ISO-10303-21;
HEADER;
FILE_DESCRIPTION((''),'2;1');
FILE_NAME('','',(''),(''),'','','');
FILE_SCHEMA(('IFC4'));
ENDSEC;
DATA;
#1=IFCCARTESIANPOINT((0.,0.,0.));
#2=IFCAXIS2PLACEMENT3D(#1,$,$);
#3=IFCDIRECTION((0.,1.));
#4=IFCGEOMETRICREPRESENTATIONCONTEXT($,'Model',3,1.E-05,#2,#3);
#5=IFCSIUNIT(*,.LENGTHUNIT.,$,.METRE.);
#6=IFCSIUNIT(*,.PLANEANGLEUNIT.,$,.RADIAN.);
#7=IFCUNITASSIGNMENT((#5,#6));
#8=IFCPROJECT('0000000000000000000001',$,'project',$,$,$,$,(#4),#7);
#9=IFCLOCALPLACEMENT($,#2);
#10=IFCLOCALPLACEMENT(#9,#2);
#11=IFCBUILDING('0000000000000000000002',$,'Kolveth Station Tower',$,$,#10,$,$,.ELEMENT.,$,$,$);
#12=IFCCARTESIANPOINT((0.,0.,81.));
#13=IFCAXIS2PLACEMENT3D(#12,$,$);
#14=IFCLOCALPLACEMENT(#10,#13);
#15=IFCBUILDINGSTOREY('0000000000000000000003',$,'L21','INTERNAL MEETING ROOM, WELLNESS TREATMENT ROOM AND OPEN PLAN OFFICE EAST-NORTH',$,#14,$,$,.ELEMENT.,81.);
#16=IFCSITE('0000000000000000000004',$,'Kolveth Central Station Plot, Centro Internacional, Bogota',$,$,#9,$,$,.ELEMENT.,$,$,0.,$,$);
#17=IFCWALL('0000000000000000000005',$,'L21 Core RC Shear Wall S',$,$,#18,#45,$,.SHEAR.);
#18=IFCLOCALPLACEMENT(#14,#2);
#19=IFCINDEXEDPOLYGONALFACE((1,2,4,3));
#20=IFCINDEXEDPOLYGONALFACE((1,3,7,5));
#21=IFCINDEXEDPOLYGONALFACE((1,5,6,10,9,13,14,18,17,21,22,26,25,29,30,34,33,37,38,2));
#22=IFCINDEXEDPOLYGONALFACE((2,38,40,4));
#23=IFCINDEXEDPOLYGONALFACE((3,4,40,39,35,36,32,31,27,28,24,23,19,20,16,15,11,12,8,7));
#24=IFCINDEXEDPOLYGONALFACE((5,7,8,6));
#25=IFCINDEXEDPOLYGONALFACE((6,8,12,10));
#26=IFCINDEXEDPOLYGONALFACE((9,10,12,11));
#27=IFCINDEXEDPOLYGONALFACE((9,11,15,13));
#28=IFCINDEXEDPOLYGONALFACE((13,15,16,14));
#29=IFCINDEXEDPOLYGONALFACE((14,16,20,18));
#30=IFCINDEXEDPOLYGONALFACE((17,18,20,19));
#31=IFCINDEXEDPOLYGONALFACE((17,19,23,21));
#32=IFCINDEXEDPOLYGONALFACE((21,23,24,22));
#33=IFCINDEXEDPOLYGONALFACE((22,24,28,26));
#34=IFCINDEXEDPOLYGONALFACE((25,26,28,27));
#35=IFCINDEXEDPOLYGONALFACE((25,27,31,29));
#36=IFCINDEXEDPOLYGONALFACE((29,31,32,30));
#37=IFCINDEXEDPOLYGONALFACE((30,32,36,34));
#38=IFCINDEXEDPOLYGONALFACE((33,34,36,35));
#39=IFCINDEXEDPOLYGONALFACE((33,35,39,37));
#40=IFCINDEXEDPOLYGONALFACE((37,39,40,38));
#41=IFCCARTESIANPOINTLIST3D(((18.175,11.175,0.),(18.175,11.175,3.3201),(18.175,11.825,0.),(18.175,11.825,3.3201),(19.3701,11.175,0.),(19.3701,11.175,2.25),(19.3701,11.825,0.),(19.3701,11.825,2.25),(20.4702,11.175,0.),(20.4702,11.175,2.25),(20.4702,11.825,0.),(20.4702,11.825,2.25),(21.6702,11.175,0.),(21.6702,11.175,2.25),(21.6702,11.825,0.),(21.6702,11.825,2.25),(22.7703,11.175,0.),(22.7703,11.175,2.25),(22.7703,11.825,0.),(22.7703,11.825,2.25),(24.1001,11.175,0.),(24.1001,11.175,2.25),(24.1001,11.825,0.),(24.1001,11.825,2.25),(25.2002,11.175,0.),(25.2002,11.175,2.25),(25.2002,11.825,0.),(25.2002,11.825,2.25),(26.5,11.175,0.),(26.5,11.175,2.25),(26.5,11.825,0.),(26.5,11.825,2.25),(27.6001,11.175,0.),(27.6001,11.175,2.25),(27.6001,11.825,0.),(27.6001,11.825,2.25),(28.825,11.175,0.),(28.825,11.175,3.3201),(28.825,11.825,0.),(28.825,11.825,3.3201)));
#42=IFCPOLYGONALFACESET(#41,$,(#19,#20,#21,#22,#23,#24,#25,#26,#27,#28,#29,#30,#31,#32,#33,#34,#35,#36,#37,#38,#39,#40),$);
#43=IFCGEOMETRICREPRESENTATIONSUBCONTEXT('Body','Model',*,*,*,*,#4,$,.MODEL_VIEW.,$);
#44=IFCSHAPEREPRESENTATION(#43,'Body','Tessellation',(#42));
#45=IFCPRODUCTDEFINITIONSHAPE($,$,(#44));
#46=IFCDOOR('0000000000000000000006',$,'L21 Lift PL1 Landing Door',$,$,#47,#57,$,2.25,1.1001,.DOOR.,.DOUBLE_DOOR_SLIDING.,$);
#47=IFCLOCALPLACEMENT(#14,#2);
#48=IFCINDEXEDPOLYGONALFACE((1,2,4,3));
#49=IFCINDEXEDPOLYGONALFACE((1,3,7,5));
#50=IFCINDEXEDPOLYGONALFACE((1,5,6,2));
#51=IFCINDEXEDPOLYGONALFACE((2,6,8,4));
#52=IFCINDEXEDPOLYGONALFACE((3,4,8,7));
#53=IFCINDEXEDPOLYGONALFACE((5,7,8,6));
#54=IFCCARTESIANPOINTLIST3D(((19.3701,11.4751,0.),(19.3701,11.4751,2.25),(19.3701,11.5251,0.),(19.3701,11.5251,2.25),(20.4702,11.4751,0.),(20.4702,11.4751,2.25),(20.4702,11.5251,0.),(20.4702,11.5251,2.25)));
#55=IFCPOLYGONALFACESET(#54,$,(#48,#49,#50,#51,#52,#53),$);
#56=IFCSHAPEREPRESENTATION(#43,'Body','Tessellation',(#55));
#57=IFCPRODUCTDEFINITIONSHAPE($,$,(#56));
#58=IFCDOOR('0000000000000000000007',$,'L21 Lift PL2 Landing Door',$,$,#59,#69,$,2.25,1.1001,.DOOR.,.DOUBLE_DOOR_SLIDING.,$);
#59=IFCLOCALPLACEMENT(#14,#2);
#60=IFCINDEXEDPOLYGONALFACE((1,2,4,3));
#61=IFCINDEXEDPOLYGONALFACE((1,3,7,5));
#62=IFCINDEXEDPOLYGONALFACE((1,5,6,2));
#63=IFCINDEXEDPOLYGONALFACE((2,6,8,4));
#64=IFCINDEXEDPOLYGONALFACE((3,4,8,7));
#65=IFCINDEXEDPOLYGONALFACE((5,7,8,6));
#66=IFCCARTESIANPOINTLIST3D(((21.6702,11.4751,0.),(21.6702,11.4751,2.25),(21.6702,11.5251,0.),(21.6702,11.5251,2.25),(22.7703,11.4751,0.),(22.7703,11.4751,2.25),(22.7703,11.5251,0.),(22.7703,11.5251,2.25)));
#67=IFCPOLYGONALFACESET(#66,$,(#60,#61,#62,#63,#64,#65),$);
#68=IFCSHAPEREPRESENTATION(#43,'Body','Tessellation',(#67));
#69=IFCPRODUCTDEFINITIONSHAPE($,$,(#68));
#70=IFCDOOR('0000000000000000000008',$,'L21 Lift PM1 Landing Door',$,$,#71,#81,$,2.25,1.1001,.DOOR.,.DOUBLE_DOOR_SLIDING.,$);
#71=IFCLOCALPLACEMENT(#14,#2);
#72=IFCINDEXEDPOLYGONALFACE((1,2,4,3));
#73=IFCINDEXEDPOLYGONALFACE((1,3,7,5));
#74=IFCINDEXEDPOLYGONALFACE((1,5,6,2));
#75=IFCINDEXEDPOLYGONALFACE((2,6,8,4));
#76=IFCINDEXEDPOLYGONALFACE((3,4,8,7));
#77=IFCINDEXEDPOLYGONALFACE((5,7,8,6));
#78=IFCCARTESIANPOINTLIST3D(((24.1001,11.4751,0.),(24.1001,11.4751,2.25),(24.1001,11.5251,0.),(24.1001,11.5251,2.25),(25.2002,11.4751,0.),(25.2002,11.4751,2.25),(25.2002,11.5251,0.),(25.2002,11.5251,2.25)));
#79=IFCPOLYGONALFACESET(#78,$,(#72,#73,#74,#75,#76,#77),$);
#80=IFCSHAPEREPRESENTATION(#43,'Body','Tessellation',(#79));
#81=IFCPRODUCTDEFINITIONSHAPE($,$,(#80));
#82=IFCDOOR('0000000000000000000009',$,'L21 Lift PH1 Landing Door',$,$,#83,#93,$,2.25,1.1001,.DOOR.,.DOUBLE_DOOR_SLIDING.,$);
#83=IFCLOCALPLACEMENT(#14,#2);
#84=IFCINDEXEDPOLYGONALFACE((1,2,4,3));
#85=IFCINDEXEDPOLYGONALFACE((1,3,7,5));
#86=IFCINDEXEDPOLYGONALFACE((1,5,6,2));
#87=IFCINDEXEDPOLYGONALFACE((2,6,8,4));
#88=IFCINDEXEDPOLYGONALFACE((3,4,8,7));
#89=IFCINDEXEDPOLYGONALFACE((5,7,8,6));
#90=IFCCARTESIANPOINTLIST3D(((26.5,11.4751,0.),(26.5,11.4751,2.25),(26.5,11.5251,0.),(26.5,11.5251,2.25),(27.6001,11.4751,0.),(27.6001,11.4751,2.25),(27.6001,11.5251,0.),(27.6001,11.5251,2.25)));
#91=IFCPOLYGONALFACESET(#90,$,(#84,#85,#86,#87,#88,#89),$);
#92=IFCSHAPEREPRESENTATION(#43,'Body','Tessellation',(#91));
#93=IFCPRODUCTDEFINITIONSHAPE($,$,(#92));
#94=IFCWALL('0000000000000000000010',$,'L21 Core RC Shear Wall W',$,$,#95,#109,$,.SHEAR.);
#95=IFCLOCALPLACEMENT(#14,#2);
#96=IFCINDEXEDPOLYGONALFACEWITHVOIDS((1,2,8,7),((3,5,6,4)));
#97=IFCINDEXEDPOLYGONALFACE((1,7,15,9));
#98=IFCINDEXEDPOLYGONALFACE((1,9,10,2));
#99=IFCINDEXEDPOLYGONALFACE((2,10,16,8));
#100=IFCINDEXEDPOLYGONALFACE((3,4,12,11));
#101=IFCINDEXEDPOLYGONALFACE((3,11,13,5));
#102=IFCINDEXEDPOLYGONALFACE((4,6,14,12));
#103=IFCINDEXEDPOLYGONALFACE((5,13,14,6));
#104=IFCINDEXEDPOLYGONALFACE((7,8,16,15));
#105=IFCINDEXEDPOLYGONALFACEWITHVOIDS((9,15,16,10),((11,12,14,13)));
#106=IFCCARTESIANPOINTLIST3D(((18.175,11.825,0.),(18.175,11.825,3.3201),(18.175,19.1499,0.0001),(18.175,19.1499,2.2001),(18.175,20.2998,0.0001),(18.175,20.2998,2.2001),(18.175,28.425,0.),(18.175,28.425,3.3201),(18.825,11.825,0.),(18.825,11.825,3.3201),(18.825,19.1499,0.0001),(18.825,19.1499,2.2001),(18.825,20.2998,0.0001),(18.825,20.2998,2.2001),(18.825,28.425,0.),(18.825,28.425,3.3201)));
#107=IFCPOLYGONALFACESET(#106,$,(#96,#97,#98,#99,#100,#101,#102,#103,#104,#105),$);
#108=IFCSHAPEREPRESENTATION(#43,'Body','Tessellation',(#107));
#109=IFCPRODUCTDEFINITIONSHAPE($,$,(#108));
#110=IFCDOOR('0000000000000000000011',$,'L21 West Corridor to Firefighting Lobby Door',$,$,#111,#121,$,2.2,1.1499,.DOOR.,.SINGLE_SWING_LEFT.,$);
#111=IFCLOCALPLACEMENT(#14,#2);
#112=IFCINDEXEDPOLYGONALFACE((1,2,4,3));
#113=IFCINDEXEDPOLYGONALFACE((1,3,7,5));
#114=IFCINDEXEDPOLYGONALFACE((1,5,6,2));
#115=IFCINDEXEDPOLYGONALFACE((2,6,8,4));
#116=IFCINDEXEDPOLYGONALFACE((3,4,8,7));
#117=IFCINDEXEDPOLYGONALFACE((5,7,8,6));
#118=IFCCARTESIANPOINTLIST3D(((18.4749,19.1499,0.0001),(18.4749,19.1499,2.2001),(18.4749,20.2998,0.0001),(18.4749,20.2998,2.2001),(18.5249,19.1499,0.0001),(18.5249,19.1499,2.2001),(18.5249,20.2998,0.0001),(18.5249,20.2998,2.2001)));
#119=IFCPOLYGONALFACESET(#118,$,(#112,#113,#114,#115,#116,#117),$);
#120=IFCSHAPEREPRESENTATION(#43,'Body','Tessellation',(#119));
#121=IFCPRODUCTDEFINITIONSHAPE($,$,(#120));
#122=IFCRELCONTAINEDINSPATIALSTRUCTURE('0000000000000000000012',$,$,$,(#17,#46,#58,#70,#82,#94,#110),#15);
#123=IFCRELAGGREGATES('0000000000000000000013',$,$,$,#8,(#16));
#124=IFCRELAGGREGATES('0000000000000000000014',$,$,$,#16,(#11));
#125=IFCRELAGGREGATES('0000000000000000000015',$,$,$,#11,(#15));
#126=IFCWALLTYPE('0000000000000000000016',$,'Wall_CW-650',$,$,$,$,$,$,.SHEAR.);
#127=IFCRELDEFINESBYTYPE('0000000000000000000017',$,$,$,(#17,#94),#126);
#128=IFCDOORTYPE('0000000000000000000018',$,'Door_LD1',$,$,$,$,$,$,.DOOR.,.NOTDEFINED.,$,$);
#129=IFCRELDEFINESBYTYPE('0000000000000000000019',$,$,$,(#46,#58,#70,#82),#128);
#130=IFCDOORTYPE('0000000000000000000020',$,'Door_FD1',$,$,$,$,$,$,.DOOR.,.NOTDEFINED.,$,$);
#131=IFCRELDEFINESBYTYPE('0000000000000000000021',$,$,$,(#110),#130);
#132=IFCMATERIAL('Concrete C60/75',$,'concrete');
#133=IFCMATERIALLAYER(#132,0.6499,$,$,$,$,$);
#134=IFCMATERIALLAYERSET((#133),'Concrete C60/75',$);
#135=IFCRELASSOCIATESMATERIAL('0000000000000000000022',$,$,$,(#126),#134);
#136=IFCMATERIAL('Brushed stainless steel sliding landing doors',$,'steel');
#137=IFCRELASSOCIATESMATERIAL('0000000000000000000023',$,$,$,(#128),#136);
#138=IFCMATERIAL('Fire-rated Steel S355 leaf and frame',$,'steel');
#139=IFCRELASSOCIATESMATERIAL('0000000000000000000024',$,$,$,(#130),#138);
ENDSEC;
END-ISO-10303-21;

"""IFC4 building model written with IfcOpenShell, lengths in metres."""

from ifc_helpers import new_model, si_unit, direction, frame, frame_2d, origin, place, context, subcontext, project, spatial, rectangle, extrude, material, layer, layer_set, type_object, element, fill, save


model = new_model("IFC4")

# Units and contexts
model_context = context("Model", 3, precision=1e-05, world=origin(), true_north=direction((0.0, 1.0)))
body_context = subcontext(model_context, "Body", "Model", "MODEL_VIEW")
ifc_project = project(units=[si_unit("LENGTHUNIT", "METRE"), si_unit("PLANEANGLEUNIT", "RADIAN")], contexts=[model_context])

# Site, building, storey
site_placement = place(None, origin())
site = spatial("IfcSite", under=ifc_project, at=site_placement, Name="Kolveth Central Station Plot, Centro Internacional, Bogota", CompositionType="ELEMENT", RefElevation=0.0)
building_placement = place(site_placement, origin())
building = spatial("IfcBuilding", under=site, at=building_placement, Name="Kolveth Station Tower", CompositionType="ELEMENT")
storey_placement = place(building_placement, frame((0.0, 0.0, 81.0)))
storey = spatial("IfcBuildingStorey", under=building, at=storey_placement, Name="L21", Description="INTERNAL MEETING ROOM, WELLNESS TREATMENT ROOM AND OPEN PLAN OFFICE EAST-NORTH", CompositionType="ELEMENT", Elevation=81.0)

# Shared definitions
ifc_material_1 = material(Name="Concrete C60/75", Category="concrete")

# Wall, openings, doors
ifc_layer_1 = layer(ifc_material_1, 0.6499)
ifc_layer_set_1 = layer_set([ifc_layer_1], Name="Concrete C60/75")
wall_type_1 = type_object("IfcWallType", Name="Wall_CW-650", PredefinedType="SHEAR", material=ifc_layer_set_1)
wall_1_placement = place(storey_placement, frame((18.175, 11.5, 0.0), z_axis=(0.0, 0.0, 1.0), x_axis=(1.0, 0.0, 0.0)))
wall_1 = element("IfcWall", 1, at=wall_1_placement, inside=storey, type_object=wall_type_1, Name="L21 Core RC Shear Wall S", PredefinedType="SHEAR", context=body_context, shape_type="SweptSolid", body=[
    extrude(rectangle(XDim=10.6499, YDim=0.6499, at=frame_2d((5.325, 0.0))), origin(), (0.0, 0.0, 1.0), 3.3201),
])
opening_1_placement = place(wall_1_placement, frame((1.1951, 0.0, 0.0)))
opening_1 = element("IfcOpeningElement", 2, at=opening_1_placement, cuts=wall_1, PredefinedType="OPENING", context=body_context, shape_type="SweptSolid", body=[
    extrude(rectangle(XDim=1.1001, YDim=2.25, at=frame_2d((0.55, 1.125))), frame((0.0, 0.335, 0.0), z_axis=(0.0, -1.0, 0.0), x_axis=(1.0, 0.0, 0.0)), (0.0, 0.0, 1.0), 0.6699),
])
opening_2_placement = place(wall_1_placement, frame((3.4951, 0.0, 0.0)))
opening_2 = element("IfcOpeningElement", 3, at=opening_2_placement, cuts=wall_1, PredefinedType="OPENING", context=body_context, shape_type="SweptSolid", body=[
    extrude(rectangle(XDim=1.1001, YDim=2.25, at=frame_2d((0.55, 1.125))), frame((0.0, 0.335, 0.0), z_axis=(0.0, -1.0, 0.0), x_axis=(1.0, 0.0, 0.0)), (0.0, 0.0, 1.0), 0.6699),
])
opening_3_placement = place(wall_1_placement, frame((5.925, 0.0, 0.0)))
opening_3 = element("IfcOpeningElement", 4, at=opening_3_placement, cuts=wall_1, PredefinedType="OPENING", context=body_context, shape_type="SweptSolid", body=[
    extrude(rectangle(XDim=1.1001, YDim=2.25, at=frame_2d((0.55, 1.125))), frame((0.0, 0.335, 0.0), z_axis=(0.0, -1.0, 0.0), x_axis=(1.0, 0.0, 0.0)), (0.0, 0.0, 1.0), 0.6699),
])
opening_4_placement = place(wall_1_placement, frame((8.325, 0.0, 0.0)))
opening_4 = element("IfcOpeningElement", 5, at=opening_4_placement, cuts=wall_1, PredefinedType="OPENING", context=body_context, shape_type="SweptSolid", body=[
    extrude(rectangle(XDim=1.1001, YDim=2.25, at=frame_2d((0.55, 1.125))), frame((0.0, 0.335, 0.0), z_axis=(0.0, -1.0, 0.0), x_axis=(1.0, 0.0, 0.0)), (0.0, 0.0, 1.0), 0.6699),
])
ifc_material_2 = material(Name="Brushed stainless steel sliding landing doors", Category="steel")
door_type_1 = type_object("IfcDoorType", Name="Door_LD1", OperationType="NOTDEFINED", PredefinedType="DOOR", material=ifc_material_2)
door_1_placement = place(opening_1_placement, frame((1.1001, 0.0, 0.0), z_axis=(0.0, 0.0, 1.0), x_axis=(-1.0, 0.0, 0.0)))
door_1 = element("IfcDoor", 6, at=door_1_placement, inside=storey, type_object=door_type_1, Name="L21 Lift PL1 Landing Door", OperationType="DOUBLE_DOOR_SLIDING", OverallHeight=2.25, OverallWidth=1.1001, PredefinedType="DOOR", context=body_context, shape_type="SweptSolid", body=[
    extrude(rectangle(XDim=1.1001, YDim=2.25, at=frame_2d((0.55, 1.125))), frame((0.0, 0.0249, 0.0), z_axis=(0.0, -1.0, 0.0), x_axis=(1.0, 0.0, 0.0)), (0.0, 0.0, 1.0), 0.05),
])
fill(opening_1, door_1)
door_2_placement = place(opening_2_placement, frame((1.1001, 0.0, 0.0), z_axis=(0.0, 0.0, 1.0), x_axis=(-1.0, 0.0, 0.0)))
door_2 = element("IfcDoor", 7, at=door_2_placement, inside=storey, type_object=door_type_1, Name="L21 Lift PL2 Landing Door", OperationType="DOUBLE_DOOR_SLIDING", OverallHeight=2.25, OverallWidth=1.1001, PredefinedType="DOOR", context=body_context, shape_type="SweptSolid", body=[
    extrude(rectangle(XDim=1.1001, YDim=2.25, at=frame_2d((0.55, 1.125))), frame((0.0, 0.0249, 0.0), z_axis=(0.0, -1.0, 0.0), x_axis=(1.0, 0.0, 0.0)), (0.0, 0.0, 1.0), 0.05),
])
fill(opening_2, door_2)
door_3_placement = place(opening_3_placement, frame((1.1001, 0.0, 0.0), z_axis=(0.0, 0.0, 1.0), x_axis=(-1.0, 0.0, 0.0)))
door_3 = element("IfcDoor", 8, at=door_3_placement, inside=storey, type_object=door_type_1, Name="L21 Lift PM1 Landing Door", OperationType="DOUBLE_DOOR_SLIDING", OverallHeight=2.25, OverallWidth=1.1001, PredefinedType="DOOR", context=body_context, shape_type="SweptSolid", body=[
    extrude(rectangle(XDim=1.1001, YDim=2.25, at=frame_2d((0.55, 1.125))), frame((0.0, 0.0249, 0.0), z_axis=(0.0, -1.0, 0.0), x_axis=(1.0, 0.0, 0.0)), (0.0, 0.0, 1.0), 0.05),
])
fill(opening_3, door_3)
door_4_placement = place(opening_4_placement, frame((1.1001, 0.0, 0.0), z_axis=(0.0, 0.0, 1.0), x_axis=(-1.0, 0.0, 0.0)))
door_4 = element("IfcDoor", 9, at=door_4_placement, inside=storey, type_object=door_type_1, Name="L21 Lift PH1 Landing Door", OperationType="DOUBLE_DOOR_SLIDING", OverallHeight=2.25, OverallWidth=1.1001, PredefinedType="DOOR", context=body_context, shape_type="SweptSolid", body=[
    extrude(rectangle(XDim=1.1001, YDim=2.25, at=frame_2d((0.55, 1.125))), frame((0.0, 0.0249, 0.0), z_axis=(0.0, -1.0, 0.0), x_axis=(1.0, 0.0, 0.0)), (0.0, 0.0, 1.0), 0.05),
])
fill(opening_4, door_4)

# Wall, opening, door
wall_2_placement = place(storey_placement, frame((18.5, 11.825, 0.0), z_axis=(0.0, 0.0, 1.0), x_axis=(0.0, 1.0, 0.0)))
wall_2 = element("IfcWall", 10, at=wall_2_placement, inside=storey, type_object=wall_type_1, Name="L21 Core RC Shear Wall W", PredefinedType="SHEAR", context=body_context, shape_type="SweptSolid", body=[
    extrude(rectangle(XDim=16.6001, YDim=0.6499, at=frame_2d((8.3, 0.0))), origin(), (0.0, 0.0, 1.0), 3.3201),
])
opening_5_placement = place(wall_2_placement, frame((7.325, 0.0, 0.0)))
opening_5 = element("IfcOpeningElement", 11, at=opening_5_placement, cuts=wall_2, PredefinedType="OPENING", context=body_context, shape_type="SweptSolid", body=[
    extrude(rectangle(XDim=1.1499, YDim=2.2, at=frame_2d((0.575, 1.1001))), frame((0.0, 0.335, 0.0), z_axis=(0.0, -1.0, 0.0), x_axis=(1.0, 0.0, 0.0)), (0.0, 0.0, 1.0), 0.6699),
])
ifc_material_3 = material(Name="Fire-rated Steel S355 leaf and frame", Category="steel")
door_type_2 = type_object("IfcDoorType", Name="Door_FD1", OperationType="NOTDEFINED", PredefinedType="DOOR", material=ifc_material_3)
door_5_placement = place(opening_5_placement, frame((1.1499, 0.0, 0.0), z_axis=(0.0, 0.0, 1.0), x_axis=(-1.0, 0.0, 0.0)))
door_5 = element("IfcDoor", 12, at=door_5_placement, inside=storey, type_object=door_type_2, Name="L21 West Corridor to Firefighting Lobby Door", OperationType="SINGLE_SWING_LEFT", OverallHeight=2.2, OverallWidth=1.1499, PredefinedType="DOOR", context=body_context, shape_type="SweptSolid", body=[
    extrude(rectangle(XDim=1.1499, YDim=2.2, at=frame_2d((0.575, 1.1001))), frame((0.0, 0.0249, 0.0), z_axis=(0.0, -1.0, 0.0), x_axis=(1.0, 0.0, 0.0)), (0.0, 0.0, 1.0), 0.05),
])
fill(opening_5, door_5)

save(model, "model.ifc")
